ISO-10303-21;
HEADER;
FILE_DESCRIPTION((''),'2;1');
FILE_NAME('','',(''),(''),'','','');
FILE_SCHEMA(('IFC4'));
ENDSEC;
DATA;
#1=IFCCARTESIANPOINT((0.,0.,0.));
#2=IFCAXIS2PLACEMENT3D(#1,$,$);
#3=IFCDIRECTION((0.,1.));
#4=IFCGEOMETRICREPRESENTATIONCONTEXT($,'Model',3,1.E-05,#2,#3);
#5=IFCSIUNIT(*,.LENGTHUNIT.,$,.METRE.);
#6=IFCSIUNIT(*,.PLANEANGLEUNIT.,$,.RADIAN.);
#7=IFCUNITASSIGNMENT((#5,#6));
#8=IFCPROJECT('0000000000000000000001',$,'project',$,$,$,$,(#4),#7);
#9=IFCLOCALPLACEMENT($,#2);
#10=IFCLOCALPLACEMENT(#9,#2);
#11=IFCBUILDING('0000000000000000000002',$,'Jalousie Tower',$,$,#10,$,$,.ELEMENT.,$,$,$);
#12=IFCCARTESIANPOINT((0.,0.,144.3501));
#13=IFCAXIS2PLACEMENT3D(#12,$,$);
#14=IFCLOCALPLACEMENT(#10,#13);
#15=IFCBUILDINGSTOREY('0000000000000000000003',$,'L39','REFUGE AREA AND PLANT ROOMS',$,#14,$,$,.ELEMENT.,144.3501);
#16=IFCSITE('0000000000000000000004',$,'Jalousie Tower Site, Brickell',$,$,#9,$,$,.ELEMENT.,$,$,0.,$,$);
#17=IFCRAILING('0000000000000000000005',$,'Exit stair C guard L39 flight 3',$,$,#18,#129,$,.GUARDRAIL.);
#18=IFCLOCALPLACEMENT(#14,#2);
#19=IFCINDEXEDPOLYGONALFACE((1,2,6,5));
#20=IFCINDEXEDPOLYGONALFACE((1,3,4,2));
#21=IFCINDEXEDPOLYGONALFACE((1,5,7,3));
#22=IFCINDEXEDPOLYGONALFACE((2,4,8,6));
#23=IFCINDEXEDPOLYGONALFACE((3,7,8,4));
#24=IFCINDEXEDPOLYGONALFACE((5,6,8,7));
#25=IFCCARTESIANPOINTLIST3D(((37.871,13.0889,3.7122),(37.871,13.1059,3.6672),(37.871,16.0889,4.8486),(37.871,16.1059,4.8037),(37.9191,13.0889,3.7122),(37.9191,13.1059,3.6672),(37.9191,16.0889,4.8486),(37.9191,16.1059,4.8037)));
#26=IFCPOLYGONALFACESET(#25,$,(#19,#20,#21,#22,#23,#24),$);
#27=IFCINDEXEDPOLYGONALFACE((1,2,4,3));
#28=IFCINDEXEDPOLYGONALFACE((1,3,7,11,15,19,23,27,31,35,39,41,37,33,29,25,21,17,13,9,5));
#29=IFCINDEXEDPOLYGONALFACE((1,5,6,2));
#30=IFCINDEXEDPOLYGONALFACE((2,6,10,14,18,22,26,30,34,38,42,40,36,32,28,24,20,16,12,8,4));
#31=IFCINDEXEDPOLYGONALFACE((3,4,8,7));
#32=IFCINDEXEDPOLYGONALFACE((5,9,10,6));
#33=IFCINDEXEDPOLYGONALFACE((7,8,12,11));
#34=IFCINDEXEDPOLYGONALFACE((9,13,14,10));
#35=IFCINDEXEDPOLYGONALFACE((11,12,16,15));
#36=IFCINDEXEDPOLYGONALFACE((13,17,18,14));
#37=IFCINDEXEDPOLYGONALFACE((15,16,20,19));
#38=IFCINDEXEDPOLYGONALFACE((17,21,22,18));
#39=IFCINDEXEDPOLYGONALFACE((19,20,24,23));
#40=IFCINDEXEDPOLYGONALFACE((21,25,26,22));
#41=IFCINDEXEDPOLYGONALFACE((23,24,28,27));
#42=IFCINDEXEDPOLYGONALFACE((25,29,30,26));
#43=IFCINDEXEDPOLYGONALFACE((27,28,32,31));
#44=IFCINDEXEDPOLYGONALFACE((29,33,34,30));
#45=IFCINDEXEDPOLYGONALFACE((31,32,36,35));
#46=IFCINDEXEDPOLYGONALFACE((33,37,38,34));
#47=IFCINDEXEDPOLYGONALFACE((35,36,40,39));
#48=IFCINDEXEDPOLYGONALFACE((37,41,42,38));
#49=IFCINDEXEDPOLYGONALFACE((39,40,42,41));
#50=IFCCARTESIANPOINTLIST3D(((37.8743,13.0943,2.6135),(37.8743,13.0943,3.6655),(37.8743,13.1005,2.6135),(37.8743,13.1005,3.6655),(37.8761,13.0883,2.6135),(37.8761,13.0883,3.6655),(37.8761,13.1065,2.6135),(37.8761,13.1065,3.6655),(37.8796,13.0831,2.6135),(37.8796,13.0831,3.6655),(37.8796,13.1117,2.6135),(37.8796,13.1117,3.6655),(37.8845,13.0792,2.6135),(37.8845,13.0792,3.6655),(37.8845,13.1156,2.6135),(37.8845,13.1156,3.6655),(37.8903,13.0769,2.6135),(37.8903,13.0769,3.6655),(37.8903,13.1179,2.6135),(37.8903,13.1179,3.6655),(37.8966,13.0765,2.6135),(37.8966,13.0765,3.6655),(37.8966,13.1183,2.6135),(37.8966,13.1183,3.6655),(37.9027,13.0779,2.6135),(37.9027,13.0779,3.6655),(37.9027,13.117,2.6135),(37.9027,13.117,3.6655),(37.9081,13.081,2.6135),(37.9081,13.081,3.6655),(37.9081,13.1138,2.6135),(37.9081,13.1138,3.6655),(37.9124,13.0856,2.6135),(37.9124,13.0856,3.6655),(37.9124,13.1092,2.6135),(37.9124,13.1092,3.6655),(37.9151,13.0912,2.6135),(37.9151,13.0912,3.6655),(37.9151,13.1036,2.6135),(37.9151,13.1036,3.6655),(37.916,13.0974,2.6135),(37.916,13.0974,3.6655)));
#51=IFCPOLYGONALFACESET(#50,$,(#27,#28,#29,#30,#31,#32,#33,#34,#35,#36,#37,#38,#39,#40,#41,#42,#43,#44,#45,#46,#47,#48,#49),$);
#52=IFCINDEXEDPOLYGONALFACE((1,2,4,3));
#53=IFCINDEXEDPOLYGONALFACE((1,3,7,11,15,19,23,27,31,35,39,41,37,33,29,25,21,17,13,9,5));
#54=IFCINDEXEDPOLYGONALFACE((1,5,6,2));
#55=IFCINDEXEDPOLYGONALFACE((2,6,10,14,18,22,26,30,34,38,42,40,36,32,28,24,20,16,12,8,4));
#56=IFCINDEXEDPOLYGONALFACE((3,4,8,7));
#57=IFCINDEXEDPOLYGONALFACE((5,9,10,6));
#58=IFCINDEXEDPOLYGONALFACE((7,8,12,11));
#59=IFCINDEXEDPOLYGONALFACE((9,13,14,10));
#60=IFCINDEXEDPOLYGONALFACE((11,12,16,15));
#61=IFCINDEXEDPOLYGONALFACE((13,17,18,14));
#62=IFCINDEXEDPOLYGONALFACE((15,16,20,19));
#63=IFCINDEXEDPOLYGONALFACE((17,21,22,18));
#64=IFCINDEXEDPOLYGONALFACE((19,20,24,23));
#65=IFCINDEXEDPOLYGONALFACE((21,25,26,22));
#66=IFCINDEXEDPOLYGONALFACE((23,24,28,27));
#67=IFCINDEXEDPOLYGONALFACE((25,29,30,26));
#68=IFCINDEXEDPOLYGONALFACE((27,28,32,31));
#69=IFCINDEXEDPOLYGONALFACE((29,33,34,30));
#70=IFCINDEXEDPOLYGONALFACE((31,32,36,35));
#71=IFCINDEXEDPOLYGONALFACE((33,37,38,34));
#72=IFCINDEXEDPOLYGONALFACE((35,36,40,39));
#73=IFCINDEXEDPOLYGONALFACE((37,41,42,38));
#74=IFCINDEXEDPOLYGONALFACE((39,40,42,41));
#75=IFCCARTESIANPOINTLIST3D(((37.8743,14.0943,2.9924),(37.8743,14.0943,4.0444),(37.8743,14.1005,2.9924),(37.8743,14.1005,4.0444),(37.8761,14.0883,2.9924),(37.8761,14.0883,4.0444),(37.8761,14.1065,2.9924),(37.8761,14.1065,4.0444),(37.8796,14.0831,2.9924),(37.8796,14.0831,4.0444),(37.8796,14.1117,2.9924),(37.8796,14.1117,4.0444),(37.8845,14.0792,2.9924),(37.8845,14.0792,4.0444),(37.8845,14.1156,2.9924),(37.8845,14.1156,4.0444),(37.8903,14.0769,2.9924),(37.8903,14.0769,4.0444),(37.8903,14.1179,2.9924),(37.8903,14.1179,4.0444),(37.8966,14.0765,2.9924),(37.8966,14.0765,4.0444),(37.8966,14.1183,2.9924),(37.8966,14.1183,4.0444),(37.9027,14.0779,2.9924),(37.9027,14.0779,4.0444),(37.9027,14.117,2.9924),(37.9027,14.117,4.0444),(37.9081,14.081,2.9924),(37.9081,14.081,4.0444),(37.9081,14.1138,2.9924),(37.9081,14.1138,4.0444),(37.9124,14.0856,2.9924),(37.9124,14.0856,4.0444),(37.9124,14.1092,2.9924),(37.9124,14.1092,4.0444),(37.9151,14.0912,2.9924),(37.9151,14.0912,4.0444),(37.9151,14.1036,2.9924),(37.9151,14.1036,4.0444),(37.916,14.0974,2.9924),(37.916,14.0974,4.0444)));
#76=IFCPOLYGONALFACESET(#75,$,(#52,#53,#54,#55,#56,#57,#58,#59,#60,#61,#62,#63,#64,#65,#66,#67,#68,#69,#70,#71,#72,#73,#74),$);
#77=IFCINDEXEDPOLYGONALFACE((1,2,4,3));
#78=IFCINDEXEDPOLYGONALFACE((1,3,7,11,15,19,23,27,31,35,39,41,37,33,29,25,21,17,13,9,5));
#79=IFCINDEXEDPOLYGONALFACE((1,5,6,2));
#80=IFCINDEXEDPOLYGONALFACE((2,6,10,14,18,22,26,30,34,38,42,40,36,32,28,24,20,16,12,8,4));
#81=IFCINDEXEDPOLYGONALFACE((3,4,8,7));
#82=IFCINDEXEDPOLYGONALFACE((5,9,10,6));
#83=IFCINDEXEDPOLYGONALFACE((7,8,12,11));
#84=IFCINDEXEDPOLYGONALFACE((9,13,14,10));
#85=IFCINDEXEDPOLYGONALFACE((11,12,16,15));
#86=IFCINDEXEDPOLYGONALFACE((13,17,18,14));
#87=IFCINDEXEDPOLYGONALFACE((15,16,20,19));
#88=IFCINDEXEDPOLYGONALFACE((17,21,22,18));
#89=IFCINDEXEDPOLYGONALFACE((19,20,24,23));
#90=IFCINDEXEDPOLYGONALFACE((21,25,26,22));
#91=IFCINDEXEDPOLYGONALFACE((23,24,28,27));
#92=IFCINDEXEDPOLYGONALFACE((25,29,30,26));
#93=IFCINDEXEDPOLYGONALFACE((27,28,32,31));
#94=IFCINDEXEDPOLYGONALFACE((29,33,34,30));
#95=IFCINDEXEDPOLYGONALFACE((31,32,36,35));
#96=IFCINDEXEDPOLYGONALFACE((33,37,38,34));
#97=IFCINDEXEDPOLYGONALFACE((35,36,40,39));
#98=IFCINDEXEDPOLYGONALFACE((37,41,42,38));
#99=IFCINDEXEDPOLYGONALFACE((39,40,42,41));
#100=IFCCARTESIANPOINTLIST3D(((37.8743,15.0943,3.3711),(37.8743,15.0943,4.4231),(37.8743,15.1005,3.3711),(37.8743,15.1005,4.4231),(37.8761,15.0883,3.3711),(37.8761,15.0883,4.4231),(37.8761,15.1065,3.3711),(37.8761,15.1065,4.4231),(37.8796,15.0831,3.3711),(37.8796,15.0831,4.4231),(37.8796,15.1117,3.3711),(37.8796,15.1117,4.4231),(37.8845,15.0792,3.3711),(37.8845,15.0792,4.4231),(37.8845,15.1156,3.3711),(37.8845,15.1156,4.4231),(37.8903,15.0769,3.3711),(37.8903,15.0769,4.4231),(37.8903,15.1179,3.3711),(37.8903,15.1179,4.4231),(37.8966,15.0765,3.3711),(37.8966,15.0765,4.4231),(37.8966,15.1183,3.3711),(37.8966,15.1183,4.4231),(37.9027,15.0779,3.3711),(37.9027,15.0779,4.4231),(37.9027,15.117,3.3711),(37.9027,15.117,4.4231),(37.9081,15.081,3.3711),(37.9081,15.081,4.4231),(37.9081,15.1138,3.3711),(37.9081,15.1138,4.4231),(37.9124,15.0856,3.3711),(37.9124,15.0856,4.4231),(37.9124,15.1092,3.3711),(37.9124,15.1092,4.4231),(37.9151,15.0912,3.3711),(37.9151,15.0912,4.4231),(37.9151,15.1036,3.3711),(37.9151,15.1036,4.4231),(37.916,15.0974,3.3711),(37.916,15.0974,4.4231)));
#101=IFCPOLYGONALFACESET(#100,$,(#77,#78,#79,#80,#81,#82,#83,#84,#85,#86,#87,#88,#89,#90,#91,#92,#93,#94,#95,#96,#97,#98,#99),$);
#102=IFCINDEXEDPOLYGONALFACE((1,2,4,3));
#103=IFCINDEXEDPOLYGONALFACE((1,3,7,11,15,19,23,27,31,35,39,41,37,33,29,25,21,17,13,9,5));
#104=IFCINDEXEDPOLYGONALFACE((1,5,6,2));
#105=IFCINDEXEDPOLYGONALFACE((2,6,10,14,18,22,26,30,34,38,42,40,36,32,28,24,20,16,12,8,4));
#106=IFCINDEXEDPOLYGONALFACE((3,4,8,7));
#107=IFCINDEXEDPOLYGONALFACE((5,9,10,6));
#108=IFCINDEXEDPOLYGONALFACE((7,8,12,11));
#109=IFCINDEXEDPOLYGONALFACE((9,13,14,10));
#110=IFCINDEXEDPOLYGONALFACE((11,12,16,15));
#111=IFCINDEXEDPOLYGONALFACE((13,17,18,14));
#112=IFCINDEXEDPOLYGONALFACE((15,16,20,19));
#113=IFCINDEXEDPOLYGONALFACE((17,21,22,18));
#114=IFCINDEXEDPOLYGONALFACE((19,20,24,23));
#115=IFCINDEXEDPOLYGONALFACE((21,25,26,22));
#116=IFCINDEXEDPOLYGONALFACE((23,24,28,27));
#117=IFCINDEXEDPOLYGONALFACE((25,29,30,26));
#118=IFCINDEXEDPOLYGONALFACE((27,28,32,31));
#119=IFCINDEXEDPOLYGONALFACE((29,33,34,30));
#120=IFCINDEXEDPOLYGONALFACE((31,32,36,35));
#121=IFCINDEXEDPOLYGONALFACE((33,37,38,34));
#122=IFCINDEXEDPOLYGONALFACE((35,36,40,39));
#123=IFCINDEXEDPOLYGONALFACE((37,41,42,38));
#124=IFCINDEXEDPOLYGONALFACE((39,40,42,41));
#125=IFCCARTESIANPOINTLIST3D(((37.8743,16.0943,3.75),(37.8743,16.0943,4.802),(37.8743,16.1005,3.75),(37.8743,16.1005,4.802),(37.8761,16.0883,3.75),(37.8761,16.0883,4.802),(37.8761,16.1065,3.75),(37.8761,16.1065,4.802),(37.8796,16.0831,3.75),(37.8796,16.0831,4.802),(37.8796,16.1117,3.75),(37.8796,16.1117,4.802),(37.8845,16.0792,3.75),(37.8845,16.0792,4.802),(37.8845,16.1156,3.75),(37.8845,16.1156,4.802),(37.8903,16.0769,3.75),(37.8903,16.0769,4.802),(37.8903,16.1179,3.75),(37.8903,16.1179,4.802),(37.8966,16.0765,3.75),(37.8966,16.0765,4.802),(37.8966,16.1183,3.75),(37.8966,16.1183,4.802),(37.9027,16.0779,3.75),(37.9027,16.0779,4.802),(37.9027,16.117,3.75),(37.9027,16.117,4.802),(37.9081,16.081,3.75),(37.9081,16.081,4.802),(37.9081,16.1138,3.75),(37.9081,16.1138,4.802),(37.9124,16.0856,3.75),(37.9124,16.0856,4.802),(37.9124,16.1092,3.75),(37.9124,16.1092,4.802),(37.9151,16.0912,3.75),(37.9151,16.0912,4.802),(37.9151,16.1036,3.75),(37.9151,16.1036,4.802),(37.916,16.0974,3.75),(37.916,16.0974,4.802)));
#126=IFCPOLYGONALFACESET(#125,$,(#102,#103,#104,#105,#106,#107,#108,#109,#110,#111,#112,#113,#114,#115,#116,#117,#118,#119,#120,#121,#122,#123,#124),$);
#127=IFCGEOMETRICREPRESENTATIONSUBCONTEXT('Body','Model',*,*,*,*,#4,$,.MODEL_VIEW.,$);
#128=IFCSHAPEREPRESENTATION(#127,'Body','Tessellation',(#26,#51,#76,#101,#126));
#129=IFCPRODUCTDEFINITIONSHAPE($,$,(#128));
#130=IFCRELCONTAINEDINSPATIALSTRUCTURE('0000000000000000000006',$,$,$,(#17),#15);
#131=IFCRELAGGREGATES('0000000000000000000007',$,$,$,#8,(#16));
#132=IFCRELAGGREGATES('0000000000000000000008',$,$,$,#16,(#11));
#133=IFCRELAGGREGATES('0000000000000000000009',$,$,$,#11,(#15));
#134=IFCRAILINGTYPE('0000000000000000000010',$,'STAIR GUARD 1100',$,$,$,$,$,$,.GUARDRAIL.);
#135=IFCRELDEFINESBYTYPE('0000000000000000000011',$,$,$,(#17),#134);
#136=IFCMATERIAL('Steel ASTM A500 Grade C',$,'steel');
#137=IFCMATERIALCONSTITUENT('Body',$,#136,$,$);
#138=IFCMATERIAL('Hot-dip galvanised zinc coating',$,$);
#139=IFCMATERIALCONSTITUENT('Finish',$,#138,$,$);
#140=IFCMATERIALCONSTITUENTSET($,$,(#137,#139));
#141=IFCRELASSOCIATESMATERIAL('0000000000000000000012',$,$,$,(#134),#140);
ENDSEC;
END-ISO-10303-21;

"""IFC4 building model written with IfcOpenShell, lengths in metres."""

from ifc_helpers import new_model, si_unit, direction, frame, origin, origin_2d, place, context, subcontext, project, spatial, rectangle, circle, extrude, material, constituent, constituent_set, type_object, element, save


model = new_model("IFC4")

# Units and contexts
model_context = context("Model", 3, precision=1e-05, world=origin(), true_north=direction((0.0, 1.0)))
body_context = subcontext(model_context, "Body", "Model", "MODEL_VIEW")
ifc_project = project(units=[si_unit("LENGTHUNIT", "METRE"), si_unit("PLANEANGLEUNIT", "RADIAN")], contexts=[model_context])

# Site, building, storey
site_placement = place(None, origin())
site = spatial("IfcSite", under=ifc_project, at=site_placement, Name="Jalousie Tower Site, Brickell", CompositionType="ELEMENT", RefElevation=0.0)
building_placement = place(site_placement, origin())
building = spatial("IfcBuilding", under=site, at=building_placement, Name="Jalousie Tower", CompositionType="ELEMENT")
storey_placement = place(building_placement, frame((0.0, 0.0, 144.3501)))
storey = spatial("IfcBuildingStorey", under=building, at=storey_placement, Name="L39", Description="REFUGE AREA AND PLANT ROOMS", CompositionType="ELEMENT", Elevation=144.3501)

# Railing
ifc_material_1 = material(Name="Steel ASTM A500 Grade C", Category="steel")
ifc_constituent_1 = constituent(ifc_material_1, Name="Body")
ifc_material_2 = material(Name="Hot-dip galvanised zinc coating")
ifc_constituent_2 = constituent(ifc_material_2, Name="Finish")
ifc_constituent_set_1 = constituent_set(constituents=[ifc_constituent_1, ifc_constituent_2])
railing_type_1 = type_object("IfcRailingType", Name="STAIR GUARD 1100", PredefinedType="GUARDRAIL", material=ifc_constituent_set_1)
railing_1_placement = place(storey_placement, frame((37.895, 13.0974, 2.6135)))
element("IfcRailing", 1, at=railing_1_placement, inside=storey, type_object=railing_type_1, Name="Exit stair C guard L39 flight 3", PredefinedType="GUARDRAIL", context=body_context, shape_type="SweptSolid", body=[
    extrude(rectangle(XDim=0.0481, YDim=0.0481, at=origin_2d()), frame((0.0, 0.0, 1.0762), z_axis=(0.0, 0.935148, 0.354257), x_axis=(-1.0, 0.0, 0.0)), (0.0, 0.0, 1.0), 3.208),
    extrude(circle(Radius=0.021, at=origin_2d()), origin(), (0.0, 0.0, 1.0), 1.052),
    extrude(circle(Radius=0.021, at=origin_2d()), frame((0.0, 1.0, 0.3789)), (0.0, 0.0, 1.0), 1.052),
    extrude(circle(Radius=0.021, at=origin_2d()), frame((0.0, 2.0, 0.7576)), (0.0, 0.0, 1.0), 1.052),
    extrude(circle(Radius=0.021, at=origin_2d()), frame((0.0, 3.0, 1.1365)), (0.0, 0.0, 1.0), 1.052),
])

save(model, "model.ifc")
